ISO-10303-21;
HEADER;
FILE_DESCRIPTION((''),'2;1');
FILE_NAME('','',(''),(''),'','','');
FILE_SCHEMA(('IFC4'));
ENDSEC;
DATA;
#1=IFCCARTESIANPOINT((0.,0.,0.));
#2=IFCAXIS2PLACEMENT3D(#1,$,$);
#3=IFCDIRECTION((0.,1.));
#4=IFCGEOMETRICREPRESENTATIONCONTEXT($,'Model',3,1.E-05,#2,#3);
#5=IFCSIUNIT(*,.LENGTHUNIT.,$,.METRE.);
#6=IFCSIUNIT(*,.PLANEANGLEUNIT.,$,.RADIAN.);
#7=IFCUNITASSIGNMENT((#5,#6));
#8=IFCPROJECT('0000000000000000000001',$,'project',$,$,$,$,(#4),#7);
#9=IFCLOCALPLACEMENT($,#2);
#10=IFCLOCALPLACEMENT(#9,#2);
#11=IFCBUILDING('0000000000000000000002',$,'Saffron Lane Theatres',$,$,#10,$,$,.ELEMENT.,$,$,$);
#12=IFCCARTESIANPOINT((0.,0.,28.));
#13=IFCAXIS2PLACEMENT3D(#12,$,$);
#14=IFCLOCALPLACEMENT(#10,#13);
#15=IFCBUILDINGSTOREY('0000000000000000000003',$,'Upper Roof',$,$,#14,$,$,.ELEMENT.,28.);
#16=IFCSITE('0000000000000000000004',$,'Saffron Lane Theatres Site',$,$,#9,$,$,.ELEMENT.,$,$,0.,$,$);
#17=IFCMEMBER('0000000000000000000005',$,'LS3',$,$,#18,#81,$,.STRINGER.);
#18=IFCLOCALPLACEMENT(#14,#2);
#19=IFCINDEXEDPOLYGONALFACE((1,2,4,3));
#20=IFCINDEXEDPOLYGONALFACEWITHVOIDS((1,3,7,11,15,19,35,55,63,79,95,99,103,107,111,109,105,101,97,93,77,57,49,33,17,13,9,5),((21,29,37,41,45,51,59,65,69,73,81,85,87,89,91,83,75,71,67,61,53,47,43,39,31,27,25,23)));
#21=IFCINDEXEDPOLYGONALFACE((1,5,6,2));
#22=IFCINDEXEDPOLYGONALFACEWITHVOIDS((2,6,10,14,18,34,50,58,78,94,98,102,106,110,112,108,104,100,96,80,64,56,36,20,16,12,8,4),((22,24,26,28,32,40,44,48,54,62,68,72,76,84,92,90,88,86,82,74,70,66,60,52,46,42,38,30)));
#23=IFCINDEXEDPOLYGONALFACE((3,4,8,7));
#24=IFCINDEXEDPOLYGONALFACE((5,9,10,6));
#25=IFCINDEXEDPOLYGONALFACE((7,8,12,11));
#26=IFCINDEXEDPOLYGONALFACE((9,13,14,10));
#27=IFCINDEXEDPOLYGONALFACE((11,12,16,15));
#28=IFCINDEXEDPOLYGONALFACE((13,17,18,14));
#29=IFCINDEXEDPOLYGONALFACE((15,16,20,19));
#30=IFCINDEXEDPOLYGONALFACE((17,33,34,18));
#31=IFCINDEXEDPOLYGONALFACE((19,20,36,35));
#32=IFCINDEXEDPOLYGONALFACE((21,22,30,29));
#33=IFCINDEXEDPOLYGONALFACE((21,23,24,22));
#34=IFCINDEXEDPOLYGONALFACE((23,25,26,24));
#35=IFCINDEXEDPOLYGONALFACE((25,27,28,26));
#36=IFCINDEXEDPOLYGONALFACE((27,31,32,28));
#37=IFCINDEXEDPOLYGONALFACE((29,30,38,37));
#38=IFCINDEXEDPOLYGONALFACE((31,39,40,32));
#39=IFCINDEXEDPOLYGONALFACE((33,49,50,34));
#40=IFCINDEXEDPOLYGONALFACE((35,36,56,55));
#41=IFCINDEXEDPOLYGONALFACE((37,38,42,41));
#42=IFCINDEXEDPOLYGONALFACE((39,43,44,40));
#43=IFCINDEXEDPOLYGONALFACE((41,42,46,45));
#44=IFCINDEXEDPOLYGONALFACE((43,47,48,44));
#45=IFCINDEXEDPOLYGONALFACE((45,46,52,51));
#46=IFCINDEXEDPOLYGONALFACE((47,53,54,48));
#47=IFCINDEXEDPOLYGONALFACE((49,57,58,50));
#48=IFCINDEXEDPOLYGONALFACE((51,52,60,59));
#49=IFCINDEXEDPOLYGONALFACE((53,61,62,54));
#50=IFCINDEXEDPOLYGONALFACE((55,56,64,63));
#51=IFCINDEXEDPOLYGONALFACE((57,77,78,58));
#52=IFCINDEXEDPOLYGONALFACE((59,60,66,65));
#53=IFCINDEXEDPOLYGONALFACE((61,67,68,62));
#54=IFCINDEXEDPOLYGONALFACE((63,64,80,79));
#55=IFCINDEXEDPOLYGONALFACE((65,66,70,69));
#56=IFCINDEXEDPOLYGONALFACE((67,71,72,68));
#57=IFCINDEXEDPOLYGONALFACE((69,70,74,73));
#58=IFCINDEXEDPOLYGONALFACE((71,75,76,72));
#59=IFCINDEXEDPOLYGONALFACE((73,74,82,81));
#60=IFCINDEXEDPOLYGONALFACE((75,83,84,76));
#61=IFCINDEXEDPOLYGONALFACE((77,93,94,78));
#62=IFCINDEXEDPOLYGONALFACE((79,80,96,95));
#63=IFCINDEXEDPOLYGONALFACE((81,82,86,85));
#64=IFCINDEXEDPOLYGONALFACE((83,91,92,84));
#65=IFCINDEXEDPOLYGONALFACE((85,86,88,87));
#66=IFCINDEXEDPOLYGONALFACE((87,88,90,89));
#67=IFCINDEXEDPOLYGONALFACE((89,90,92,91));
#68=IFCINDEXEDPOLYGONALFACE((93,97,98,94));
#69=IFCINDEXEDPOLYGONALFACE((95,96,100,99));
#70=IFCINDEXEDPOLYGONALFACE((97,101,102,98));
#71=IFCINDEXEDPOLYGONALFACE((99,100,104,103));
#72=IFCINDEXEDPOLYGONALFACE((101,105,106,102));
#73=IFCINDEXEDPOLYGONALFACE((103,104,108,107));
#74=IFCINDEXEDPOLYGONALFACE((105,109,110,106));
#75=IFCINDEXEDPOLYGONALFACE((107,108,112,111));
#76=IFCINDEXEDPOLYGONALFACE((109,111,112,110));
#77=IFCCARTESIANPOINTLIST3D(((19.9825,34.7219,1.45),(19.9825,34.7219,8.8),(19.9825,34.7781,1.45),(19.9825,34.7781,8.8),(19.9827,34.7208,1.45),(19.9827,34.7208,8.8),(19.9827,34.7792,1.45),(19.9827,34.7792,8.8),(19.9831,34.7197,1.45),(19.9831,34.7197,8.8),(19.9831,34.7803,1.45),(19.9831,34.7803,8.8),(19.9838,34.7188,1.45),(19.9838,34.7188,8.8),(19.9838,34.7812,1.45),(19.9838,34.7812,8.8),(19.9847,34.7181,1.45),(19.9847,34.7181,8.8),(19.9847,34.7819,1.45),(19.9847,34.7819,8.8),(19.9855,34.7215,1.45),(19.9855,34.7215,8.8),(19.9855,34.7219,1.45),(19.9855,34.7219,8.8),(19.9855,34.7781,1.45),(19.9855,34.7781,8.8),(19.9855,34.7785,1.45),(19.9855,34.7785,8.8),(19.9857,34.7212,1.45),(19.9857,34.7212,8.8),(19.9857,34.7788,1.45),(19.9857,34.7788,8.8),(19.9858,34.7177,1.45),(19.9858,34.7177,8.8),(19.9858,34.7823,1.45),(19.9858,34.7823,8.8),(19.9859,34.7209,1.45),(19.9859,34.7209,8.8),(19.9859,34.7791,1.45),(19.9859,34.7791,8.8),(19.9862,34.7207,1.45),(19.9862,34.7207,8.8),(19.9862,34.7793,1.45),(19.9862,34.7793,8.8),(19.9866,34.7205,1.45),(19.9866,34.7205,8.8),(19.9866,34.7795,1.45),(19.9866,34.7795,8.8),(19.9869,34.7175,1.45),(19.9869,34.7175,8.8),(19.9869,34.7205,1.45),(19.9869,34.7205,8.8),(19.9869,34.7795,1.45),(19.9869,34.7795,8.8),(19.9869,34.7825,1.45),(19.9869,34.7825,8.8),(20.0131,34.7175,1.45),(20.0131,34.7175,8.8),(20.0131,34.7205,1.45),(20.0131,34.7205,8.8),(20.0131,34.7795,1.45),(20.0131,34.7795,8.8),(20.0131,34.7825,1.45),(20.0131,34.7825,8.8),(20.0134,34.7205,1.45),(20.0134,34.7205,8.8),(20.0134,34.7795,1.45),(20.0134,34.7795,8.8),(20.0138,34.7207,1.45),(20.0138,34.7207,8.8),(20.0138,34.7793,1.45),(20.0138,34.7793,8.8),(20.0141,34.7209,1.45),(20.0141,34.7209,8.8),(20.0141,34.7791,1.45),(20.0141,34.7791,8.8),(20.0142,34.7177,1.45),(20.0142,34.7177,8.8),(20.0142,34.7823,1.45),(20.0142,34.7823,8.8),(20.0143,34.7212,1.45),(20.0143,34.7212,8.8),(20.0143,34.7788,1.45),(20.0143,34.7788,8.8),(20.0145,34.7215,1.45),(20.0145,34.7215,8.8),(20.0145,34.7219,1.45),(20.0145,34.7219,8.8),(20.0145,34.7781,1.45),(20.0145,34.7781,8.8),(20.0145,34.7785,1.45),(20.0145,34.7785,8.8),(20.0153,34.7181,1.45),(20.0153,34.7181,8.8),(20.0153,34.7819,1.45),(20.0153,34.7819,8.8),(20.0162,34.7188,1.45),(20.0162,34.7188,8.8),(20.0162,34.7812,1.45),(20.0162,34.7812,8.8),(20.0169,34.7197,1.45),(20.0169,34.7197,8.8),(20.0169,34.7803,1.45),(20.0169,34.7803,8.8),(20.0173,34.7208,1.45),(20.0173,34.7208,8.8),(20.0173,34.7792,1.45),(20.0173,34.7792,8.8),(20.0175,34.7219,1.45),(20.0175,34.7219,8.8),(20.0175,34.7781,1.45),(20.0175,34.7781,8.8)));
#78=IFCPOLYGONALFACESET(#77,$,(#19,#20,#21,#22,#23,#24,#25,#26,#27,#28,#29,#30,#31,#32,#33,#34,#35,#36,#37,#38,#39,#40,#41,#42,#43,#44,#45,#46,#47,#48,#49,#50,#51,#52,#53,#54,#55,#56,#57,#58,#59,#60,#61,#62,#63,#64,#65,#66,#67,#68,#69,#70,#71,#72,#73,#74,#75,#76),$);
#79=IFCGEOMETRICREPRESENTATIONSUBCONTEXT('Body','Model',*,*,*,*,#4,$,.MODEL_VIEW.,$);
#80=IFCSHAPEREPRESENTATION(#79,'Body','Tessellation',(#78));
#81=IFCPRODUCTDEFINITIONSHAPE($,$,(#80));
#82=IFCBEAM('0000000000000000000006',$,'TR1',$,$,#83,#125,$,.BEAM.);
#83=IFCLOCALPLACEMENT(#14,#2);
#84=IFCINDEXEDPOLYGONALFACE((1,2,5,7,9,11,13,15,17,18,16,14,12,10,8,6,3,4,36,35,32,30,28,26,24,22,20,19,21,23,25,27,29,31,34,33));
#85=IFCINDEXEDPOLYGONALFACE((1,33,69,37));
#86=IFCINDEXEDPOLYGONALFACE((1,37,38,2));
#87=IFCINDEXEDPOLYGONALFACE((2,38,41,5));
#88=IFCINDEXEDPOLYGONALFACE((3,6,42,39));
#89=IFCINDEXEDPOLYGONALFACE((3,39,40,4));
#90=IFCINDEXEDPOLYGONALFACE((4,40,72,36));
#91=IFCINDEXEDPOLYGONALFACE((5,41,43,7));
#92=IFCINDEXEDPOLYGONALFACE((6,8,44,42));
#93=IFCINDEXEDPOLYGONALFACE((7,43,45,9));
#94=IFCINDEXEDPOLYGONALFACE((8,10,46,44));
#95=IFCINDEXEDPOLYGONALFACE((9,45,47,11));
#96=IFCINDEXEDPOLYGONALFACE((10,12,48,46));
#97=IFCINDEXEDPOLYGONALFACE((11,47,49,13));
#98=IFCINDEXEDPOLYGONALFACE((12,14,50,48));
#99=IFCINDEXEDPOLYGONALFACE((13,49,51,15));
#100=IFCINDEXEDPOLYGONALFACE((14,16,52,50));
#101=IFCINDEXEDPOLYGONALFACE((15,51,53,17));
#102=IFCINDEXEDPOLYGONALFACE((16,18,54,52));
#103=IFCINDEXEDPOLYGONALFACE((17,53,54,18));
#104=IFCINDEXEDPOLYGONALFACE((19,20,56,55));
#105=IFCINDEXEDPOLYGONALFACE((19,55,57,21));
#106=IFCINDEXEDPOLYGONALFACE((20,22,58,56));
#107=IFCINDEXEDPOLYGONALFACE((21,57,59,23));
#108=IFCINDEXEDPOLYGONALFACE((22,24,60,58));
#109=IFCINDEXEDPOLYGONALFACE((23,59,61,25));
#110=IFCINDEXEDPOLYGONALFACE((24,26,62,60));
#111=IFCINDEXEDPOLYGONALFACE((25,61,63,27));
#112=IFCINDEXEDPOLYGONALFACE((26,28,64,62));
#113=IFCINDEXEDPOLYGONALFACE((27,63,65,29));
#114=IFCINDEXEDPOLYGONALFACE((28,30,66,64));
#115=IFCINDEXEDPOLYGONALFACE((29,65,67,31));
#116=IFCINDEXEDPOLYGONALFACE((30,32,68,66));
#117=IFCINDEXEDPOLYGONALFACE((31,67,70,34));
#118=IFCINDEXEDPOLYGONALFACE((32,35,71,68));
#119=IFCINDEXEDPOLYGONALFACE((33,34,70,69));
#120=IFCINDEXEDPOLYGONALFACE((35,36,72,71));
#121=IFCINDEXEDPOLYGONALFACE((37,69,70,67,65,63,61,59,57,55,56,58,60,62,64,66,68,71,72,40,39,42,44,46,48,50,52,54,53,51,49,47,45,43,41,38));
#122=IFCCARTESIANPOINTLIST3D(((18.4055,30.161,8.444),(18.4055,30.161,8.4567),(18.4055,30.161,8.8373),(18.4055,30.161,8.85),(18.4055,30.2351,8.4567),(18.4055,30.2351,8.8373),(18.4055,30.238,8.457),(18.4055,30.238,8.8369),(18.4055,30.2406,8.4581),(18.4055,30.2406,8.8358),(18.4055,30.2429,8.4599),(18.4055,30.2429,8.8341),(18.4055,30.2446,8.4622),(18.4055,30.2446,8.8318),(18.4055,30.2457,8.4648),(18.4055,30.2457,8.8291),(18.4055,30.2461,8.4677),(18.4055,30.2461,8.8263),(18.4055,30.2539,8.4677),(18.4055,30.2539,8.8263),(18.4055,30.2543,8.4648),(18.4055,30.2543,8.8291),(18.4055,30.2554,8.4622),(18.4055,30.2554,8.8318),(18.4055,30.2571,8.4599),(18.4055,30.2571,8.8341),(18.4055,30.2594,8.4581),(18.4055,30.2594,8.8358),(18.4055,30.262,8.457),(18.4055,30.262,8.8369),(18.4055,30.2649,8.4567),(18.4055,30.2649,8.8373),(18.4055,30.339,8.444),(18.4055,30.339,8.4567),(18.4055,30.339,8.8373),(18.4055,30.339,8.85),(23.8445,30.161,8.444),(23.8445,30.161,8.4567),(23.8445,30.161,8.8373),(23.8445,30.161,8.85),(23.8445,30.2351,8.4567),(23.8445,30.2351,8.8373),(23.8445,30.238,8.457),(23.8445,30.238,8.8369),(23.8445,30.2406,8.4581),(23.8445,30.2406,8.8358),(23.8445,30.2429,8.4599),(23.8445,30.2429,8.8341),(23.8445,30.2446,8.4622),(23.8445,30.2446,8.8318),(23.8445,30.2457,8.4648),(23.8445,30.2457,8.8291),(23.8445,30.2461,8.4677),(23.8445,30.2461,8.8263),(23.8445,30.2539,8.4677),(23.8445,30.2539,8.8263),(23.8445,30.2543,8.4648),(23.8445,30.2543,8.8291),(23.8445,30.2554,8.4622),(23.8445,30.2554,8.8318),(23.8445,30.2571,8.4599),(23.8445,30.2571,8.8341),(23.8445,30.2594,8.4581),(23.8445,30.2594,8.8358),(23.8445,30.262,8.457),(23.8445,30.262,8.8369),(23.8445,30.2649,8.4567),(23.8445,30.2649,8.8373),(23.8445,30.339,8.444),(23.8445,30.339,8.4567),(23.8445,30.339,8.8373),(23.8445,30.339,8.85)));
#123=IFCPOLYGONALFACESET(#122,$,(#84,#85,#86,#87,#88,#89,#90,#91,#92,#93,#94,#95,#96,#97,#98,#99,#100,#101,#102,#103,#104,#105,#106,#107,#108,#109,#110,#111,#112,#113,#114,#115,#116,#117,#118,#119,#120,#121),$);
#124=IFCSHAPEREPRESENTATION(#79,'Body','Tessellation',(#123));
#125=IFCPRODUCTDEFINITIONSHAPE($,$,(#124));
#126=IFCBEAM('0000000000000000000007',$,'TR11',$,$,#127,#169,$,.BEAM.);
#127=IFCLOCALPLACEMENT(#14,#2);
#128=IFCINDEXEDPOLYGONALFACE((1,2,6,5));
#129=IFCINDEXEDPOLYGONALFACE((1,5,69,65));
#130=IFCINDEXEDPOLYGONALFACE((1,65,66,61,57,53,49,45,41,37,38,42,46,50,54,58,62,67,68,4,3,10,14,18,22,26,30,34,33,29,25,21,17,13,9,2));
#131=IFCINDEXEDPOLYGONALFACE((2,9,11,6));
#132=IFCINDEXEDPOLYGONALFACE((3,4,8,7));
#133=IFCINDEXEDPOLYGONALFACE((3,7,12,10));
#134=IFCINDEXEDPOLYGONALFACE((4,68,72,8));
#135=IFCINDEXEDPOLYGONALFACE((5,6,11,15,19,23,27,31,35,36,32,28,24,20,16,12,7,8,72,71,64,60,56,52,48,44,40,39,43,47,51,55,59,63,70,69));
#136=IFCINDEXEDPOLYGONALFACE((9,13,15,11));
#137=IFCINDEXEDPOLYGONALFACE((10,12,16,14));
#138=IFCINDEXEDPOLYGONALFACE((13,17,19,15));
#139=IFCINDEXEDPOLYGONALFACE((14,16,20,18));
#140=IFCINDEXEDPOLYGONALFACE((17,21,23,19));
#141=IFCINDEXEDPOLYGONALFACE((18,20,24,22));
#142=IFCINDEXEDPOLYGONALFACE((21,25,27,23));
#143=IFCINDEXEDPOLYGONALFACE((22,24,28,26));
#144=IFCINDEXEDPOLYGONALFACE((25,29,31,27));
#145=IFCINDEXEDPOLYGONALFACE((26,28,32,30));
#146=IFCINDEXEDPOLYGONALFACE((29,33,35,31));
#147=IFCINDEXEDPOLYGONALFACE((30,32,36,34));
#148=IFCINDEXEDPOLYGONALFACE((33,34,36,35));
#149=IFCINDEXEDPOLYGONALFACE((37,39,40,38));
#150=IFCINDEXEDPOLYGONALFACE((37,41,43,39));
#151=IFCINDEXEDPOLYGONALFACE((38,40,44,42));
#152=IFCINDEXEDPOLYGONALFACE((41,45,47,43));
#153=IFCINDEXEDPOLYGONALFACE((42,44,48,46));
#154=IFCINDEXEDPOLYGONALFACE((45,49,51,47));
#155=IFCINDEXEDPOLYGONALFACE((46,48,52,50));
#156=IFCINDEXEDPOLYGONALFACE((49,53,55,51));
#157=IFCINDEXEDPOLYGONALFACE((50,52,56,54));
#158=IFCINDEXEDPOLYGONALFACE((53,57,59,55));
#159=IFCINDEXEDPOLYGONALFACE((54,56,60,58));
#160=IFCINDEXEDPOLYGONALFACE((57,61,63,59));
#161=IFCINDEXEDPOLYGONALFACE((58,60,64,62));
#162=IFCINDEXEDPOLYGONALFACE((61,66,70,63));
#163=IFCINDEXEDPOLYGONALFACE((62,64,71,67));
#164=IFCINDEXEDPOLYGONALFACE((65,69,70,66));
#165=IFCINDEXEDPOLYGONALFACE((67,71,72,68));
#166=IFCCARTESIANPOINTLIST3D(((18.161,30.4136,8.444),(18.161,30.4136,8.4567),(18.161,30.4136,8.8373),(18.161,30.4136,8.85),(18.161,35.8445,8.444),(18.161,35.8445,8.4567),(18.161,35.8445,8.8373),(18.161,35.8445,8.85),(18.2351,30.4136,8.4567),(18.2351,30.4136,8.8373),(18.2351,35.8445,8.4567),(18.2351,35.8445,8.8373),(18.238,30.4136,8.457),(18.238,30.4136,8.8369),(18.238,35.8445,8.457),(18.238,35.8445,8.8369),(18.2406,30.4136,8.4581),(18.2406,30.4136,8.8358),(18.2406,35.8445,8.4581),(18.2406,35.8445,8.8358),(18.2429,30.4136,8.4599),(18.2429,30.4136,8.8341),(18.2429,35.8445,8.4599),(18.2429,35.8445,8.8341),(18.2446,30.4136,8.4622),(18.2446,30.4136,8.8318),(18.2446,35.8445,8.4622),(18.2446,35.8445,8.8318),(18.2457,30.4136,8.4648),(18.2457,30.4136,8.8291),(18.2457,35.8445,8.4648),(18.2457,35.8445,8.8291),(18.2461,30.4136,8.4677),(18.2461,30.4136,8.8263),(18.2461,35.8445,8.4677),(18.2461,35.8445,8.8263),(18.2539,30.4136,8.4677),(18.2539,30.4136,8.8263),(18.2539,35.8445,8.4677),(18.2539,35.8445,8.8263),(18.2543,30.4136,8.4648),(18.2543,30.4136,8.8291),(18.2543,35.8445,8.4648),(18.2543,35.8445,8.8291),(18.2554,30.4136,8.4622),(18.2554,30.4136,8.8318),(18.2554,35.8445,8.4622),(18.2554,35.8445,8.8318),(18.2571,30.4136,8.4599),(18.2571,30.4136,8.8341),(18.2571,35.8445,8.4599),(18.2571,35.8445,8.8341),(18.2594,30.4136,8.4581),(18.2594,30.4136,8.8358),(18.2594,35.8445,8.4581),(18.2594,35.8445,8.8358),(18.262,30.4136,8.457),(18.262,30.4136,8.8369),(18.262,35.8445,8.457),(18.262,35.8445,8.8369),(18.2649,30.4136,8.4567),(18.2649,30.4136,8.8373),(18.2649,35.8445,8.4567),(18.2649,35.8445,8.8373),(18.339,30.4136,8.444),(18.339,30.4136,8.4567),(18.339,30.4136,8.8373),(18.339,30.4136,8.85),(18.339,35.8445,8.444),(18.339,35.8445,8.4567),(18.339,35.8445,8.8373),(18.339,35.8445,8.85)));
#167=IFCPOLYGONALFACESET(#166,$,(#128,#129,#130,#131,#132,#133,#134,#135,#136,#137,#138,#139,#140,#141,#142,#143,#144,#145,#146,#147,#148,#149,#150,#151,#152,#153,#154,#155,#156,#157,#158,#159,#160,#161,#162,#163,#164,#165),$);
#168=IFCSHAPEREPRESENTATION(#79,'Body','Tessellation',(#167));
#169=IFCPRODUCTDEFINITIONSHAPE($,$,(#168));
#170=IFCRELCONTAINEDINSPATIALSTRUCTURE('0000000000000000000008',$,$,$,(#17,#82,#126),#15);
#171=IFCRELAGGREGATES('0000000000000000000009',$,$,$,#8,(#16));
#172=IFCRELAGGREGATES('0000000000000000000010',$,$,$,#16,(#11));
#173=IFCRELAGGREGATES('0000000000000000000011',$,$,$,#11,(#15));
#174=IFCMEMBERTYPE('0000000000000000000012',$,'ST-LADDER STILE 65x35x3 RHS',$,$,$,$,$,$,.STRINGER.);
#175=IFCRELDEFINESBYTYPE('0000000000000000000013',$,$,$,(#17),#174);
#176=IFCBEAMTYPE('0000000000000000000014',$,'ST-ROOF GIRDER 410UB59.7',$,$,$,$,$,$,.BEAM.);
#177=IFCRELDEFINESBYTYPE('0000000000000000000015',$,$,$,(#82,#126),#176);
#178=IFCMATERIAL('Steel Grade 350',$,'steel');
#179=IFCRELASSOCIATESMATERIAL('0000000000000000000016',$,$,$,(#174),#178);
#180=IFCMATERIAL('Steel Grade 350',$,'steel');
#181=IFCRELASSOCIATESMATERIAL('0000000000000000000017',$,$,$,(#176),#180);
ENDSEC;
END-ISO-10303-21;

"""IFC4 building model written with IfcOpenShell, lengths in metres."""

from ifc_helpers import new_model, si_unit, direction, frame, origin, origin_2d, place, context, subcontext, project, spatial, hollow_rectangle, i_section, extrude, material, material_profile, profile_set, type_object, element, save


model = new_model("IFC4")

# Units and contexts
model_context = context("Model", 3, precision=1e-05, world=origin(), true_north=direction((0.0, 1.0)))
body_context = subcontext(model_context, "Body", "Model", "MODEL_VIEW")
ifc_project = project(units=[si_unit("LENGTHUNIT", "METRE"), si_unit("PLANEANGLEUNIT", "RADIAN")], contexts=[model_context])

# Site, building, storey
site_placement = place(None, origin())
site = spatial("IfcSite", under=ifc_project, at=site_placement, Name="Saffron Lane Theatres Site", CompositionType="ELEMENT", RefElevation=0.0)
building_placement = place(site_placement, origin())
building = spatial("IfcBuilding", under=site, at=building_placement, Name="Saffron Lane Theatres", CompositionType="ELEMENT")
storey_placement = place(building_placement, frame((0.0, 0.0, 28.0)))
storey = spatial("IfcBuildingStorey", under=building, at=storey_placement, Name="Upper Roof", CompositionType="ELEMENT", Elevation=28.0)

# Member
ifc_material_1 = material(Name="Steel Grade 350", Category="steel")
ifc_material_profile_1 = material_profile(ifc_material_1, hollow_rectangle(XDim=0.0349, YDim=0.0649, WallThickness=0.0029, InnerFilletRadius=0.0015, OuterFilletRadius=0.0044, at=origin_2d()))
ifc_profile_set_1 = profile_set([ifc_material_profile_1], Name="Steel Grade 350")
member_type_1 = type_object("IfcMemberType", Name="ST-LADDER STILE 65x35x3 RHS", PredefinedType="STRINGER", material=ifc_profile_set_1)
member_1_placement = place(storey_placement, frame((20.0, 34.75, 1.45), z_axis=(0.0, 0.0, 1.0), x_axis=(1.0, 0.0, 0.0)))
element("IfcMember", 1, at=member_1_placement, inside=storey, type_object=member_type_1, Name="LS3", PredefinedType="STRINGER", context=body_context, shape_type="SweptSolid", body=[
    extrude(hollow_rectangle(XDim=0.0349, YDim=0.0649, WallThickness=0.0029, InnerFilletRadius=0.0015, OuterFilletRadius=0.0044, at=origin_2d()), origin(), (0.0, 0.0, 1.0), 7.3501),
])

# Beams
ifc_material_2 = material(Name="Steel Grade 350", Category="steel")
ifc_material_profile_2 = material_profile(ifc_material_2, i_section(OverallWidth=0.178, OverallDepth=0.406, WebThickness=0.0078, FlangeThickness=0.0127, FilletRadius=0.011, at=origin_2d()))
ifc_profile_set_2 = profile_set([ifc_material_profile_2], Name="Steel Grade 350")
beam_type_1 = type_object("IfcBeamType", Name="ST-ROOF GIRDER 410UB59.7", PredefinedType="BEAM", material=ifc_profile_set_2)
beam_1_placement = place(storey_placement, frame((18.4055, 30.25, 8.647), z_axis=(1.0, 0.0, 0.0), x_axis=(0.0, 1.0, 0.0)))
element("IfcBeam", 2, at=beam_1_placement, inside=storey, type_object=beam_type_1, Name="TR1", PredefinedType="BEAM", context=body_context, shape_type="SweptSolid", body=[
    extrude(i_section(OverallWidth=0.178, OverallDepth=0.406, WebThickness=0.0078, FlangeThickness=0.0127, FilletRadius=0.011, at=origin_2d()), origin(), (0.0, 0.0, 1.0), 5.439),
])
beam_2_placement = place(storey_placement, frame((18.25, 30.4136, 8.647), z_axis=(0.0, 1.0, 0.0), x_axis=(-1.0, 0.0, 0.0)))
element("IfcBeam", 3, at=beam_2_placement, inside=storey, type_object=beam_type_1, Name="TR11", PredefinedType="BEAM", context=body_context, shape_type="SweptSolid", body=[
    extrude(i_section(OverallWidth=0.178, OverallDepth=0.406, WebThickness=0.0078, FlangeThickness=0.0127, FilletRadius=0.011, at=origin_2d()), origin(), (0.0, 0.0, 1.0), 5.4309),
])

save(model, "model.ifc")
